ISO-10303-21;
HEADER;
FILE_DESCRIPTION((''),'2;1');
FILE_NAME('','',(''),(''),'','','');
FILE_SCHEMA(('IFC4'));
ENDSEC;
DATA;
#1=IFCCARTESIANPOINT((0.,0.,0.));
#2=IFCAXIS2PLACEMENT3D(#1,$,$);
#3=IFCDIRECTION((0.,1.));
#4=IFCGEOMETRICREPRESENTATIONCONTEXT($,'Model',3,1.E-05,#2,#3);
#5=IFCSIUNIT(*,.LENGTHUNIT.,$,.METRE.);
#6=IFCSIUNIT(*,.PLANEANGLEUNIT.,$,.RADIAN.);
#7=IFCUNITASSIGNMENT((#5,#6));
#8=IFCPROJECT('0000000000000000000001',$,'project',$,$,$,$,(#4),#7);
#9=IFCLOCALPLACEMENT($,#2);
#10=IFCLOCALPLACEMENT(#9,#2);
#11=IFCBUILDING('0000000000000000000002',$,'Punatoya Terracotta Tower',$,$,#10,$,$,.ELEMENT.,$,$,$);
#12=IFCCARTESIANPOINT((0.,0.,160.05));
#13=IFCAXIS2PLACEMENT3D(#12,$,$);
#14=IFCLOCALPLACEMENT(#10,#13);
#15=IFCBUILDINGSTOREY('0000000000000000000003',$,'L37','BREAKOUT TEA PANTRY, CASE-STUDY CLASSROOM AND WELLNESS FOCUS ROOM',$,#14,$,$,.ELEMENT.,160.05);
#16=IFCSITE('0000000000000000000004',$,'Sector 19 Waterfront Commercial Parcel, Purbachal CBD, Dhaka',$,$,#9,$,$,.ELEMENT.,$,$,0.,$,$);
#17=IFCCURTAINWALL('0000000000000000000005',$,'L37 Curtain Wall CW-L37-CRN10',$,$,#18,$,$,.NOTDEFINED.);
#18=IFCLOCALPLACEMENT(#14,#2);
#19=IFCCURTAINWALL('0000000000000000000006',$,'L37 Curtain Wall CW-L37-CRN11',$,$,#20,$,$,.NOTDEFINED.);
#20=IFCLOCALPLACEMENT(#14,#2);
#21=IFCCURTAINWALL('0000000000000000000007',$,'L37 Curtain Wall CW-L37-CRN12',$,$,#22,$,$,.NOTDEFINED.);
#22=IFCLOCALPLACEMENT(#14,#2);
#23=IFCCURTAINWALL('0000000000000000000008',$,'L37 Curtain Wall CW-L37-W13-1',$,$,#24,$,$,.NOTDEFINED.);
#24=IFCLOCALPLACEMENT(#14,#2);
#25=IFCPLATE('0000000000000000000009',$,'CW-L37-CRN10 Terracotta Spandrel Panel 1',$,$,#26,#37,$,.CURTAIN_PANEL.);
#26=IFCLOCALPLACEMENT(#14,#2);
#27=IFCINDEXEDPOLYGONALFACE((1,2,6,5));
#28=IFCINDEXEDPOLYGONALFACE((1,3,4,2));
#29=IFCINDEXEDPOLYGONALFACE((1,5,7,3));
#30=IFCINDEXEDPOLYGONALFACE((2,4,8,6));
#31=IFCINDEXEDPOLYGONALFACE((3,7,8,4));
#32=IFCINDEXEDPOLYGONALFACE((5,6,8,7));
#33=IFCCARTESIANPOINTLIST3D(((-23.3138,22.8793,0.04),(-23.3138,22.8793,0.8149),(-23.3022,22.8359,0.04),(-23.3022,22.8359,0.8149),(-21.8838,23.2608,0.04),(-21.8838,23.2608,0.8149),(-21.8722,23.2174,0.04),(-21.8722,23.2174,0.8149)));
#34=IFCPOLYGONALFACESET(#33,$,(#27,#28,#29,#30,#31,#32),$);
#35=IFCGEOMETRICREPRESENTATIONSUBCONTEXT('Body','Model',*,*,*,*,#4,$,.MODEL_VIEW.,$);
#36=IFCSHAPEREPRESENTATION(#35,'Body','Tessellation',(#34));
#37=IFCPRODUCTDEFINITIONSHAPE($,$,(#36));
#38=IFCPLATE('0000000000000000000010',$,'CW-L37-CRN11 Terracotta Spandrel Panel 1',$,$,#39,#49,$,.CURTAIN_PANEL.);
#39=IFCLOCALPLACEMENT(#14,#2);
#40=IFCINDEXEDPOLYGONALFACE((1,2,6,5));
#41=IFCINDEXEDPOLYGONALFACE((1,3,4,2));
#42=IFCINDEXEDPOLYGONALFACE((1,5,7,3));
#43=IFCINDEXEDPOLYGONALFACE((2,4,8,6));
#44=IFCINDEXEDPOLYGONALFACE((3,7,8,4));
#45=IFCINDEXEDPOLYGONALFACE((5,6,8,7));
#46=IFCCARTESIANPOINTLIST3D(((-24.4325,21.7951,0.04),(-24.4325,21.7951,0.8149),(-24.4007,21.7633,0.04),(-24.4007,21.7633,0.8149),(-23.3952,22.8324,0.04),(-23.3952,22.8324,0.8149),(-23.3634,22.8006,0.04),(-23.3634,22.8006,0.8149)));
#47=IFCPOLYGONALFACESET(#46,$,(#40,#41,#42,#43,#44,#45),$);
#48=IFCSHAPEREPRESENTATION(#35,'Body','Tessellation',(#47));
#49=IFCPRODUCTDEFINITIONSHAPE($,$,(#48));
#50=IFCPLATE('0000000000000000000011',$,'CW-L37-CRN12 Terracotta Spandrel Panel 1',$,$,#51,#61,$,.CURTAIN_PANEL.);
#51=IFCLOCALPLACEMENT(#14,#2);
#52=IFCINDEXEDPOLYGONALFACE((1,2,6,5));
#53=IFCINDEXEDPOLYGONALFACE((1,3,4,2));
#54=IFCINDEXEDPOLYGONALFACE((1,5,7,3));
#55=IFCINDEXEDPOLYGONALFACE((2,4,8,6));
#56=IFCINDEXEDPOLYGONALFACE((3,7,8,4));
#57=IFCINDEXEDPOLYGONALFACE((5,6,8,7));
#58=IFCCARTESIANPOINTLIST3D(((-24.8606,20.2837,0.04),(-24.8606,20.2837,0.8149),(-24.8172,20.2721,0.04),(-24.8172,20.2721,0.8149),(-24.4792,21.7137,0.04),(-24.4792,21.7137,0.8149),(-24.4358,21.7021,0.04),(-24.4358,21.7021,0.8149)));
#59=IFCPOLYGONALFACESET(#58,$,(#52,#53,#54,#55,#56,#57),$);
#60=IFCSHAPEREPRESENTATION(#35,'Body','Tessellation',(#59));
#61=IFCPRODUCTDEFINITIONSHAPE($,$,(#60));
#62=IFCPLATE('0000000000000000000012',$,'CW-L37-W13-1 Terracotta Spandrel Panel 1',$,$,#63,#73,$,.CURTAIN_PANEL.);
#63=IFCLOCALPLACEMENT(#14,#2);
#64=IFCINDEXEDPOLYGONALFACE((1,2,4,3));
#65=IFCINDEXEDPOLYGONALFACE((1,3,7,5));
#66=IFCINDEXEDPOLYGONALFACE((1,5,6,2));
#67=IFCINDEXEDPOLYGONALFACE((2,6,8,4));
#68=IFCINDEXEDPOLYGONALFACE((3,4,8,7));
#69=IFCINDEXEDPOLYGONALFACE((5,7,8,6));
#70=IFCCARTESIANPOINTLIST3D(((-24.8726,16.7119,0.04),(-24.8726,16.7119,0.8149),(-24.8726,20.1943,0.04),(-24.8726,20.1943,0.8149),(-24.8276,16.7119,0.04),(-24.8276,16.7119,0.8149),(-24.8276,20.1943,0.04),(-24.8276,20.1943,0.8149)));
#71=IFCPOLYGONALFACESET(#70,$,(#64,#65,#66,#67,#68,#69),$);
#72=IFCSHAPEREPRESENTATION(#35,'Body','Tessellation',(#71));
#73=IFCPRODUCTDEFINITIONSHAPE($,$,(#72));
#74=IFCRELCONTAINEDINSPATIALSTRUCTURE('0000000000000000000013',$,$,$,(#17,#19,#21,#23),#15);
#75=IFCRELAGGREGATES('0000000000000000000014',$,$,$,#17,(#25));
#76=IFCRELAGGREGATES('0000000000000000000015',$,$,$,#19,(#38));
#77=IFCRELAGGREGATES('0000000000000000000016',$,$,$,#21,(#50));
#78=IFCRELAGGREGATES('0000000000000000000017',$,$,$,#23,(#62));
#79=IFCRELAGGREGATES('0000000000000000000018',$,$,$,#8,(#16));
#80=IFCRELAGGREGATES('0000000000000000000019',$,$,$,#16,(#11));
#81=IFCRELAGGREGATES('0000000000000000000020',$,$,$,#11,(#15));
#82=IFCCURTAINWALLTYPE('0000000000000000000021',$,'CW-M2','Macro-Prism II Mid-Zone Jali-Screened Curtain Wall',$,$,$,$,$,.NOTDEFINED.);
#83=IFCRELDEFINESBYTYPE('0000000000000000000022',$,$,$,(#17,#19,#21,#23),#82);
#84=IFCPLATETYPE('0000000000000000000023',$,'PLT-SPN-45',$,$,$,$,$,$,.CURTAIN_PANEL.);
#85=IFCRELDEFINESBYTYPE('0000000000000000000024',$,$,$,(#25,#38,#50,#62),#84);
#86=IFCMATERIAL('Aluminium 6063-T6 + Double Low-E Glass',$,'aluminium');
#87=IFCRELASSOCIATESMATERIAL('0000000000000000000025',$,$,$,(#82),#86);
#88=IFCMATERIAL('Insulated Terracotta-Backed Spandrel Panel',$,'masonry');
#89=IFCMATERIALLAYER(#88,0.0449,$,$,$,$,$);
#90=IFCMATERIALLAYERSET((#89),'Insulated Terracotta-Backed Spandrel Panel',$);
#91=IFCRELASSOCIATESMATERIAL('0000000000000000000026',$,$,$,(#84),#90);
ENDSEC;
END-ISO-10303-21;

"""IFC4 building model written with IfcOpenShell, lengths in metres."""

from ifc_helpers import new_model, si_unit, direction, frame, origin, origin_2d, place, context, subcontext, project, spatial, rectangle, extrude, material, layer, layer_set, type_object, element, aggregate, save


model = new_model("IFC4")

# Units and contexts
model_context = context("Model", 3, precision=1e-05, world=origin(), true_north=direction((0.0, 1.0)))
body_context = subcontext(model_context, "Body", "Model", "MODEL_VIEW")
ifc_project = project(units=[si_unit("LENGTHUNIT", "METRE"), si_unit("PLANEANGLEUNIT", "RADIAN")], contexts=[model_context])

# Site, building, storey
site_placement = place(None, origin())
site = spatial("IfcSite", under=ifc_project, at=site_placement, Name="Sector 19 Waterfront Commercial Parcel, Purbachal CBD, Dhaka", CompositionType="ELEMENT", RefElevation=0.0)
building_placement = place(site_placement, origin())
building = spatial("IfcBuilding", under=site, at=building_placement, Name="Punatoya Terracotta Tower", CompositionType="ELEMENT")
storey_placement = place(building_placement, frame((0.0, 0.0, 160.05)))
storey = spatial("IfcBuildingStorey", under=building, at=storey_placement, Name="L37", Description="BREAKOUT TEA PANTRY, CASE-STUDY CLASSROOM AND WELLNESS FOCUS ROOM", CompositionType="ELEMENT", Elevation=160.05)

# Curtain walls
ifc_material_1 = material(Name="Aluminium 6063-T6 + Double Low-E Glass", Category="aluminium")
curtain_wall_type = type_object("IfcCurtainWallType", Name="CW-M2", Description="Macro-Prism II Mid-Zone Jali-Screened Curtain Wall", PredefinedType="NOTDEFINED", material=ifc_material_1)
curtain_wall_1_placement = place(storey_placement, origin())
curtain_wall_1 = element("IfcCurtainWall", 1, at=curtain_wall_1_placement, inside=storey, type_object=curtain_wall_type, Name="L37 Curtain Wall CW-L37-CRN10", PredefinedType="NOTDEFINED")
curtain_wall_2_placement = place(storey_placement, origin())
curtain_wall_2 = element("IfcCurtainWall", 2, at=curtain_wall_2_placement, inside=storey, type_object=curtain_wall_type, Name="L37 Curtain Wall CW-L37-CRN11", PredefinedType="NOTDEFINED")
curtain_wall_3_placement = place(storey_placement, origin())
curtain_wall_3 = element("IfcCurtainWall", 3, at=curtain_wall_3_placement, inside=storey, type_object=curtain_wall_type, Name="L37 Curtain Wall CW-L37-CRN12", PredefinedType="NOTDEFINED")

# Curtain wall
curtain_wall_4_placement = place(storey_placement, origin())
curtain_wall_4 = element("IfcCurtainWall", 4, at=curtain_wall_4_placement, inside=storey, type_object=curtain_wall_type, Name="L37 Curtain Wall CW-L37-W13-1", PredefinedType="NOTDEFINED")

# Plates
ifc_material_2 = material(Name="Insulated Terracotta-Backed Spandrel Panel", Category="masonry")
ifc_layer_1 = layer(ifc_material_2, 0.0449)
ifc_layer_set_1 = layer_set([ifc_layer_1], Name="Insulated Terracotta-Backed Spandrel Panel")
plate_type_1 = type_object("IfcPlateType", Name="PLT-SPN-45", PredefinedType="CURTAIN_PANEL", material=ifc_layer_set_1)
plate_1_placement = place(storey_placement, frame((-22.593, 23.0483, 0.04), z_axis=(0.0, 0.0, 1.0), x_axis=(-0.966214, -0.257742, 0.0)))
plate_1 = element("IfcPlate", 5, at=plate_1_placement, type_object=plate_type_1, Name="CW-L37-CRN10 Terracotta Spandrel Panel 1", PredefinedType="CURTAIN_PANEL", context=body_context, shape_type="SweptSolid", body=[
    extrude(rectangle(XDim=1.48, YDim=0.0449, at=origin_2d()), origin(), (0.0, 0.0, 1.0), 0.7749),
])
aggregate(curtain_wall_1, [plate_1])
plate_2_placement = place(storey_placement, frame((-23.8979, 22.2979, 0.04), z_axis=(0.0, 0.0, 1.0), x_axis=(-0.707107, -0.707107, 0.0)))
plate_2 = element("IfcPlate", 6, at=plate_2_placement, type_object=plate_type_1, Name="CW-L37-CRN11 Terracotta Spandrel Panel 1", PredefinedType="CURTAIN_PANEL", context=body_context, shape_type="SweptSolid", body=[
    extrude(rectangle(XDim=1.467, YDim=0.0449, at=origin_2d()), origin(), (0.0, 0.0, 1.0), 0.7749),
])
aggregate(curtain_wall_2, [plate_2])
plate_3_placement = place(storey_placement, frame((-24.6482, 20.9929, 0.04), z_axis=(0.0, 0.0, 1.0), x_axis=(-0.257742, -0.966214, 0.0)))
plate_3 = element("IfcPlate", 7, at=plate_3_placement, type_object=plate_type_1, Name="CW-L37-CRN12 Terracotta Spandrel Panel 1", PredefinedType="CURTAIN_PANEL", context=body_context, shape_type="SweptSolid", body=[
    extrude(rectangle(XDim=1.48, YDim=0.0449, at=origin_2d()), origin(), (0.0, 0.0, 1.0), 0.7749),
])
aggregate(curtain_wall_3, [plate_3])
plate_4_placement = place(storey_placement, frame((-24.8501, 18.4531, 0.04), z_axis=(0.0, 0.0, 1.0), x_axis=(0.0, -1.0, 0.0)))
plate_4 = element("IfcPlate", 8, at=plate_4_placement, type_object=plate_type_1, Name="CW-L37-W13-1 Terracotta Spandrel Panel 1", PredefinedType="CURTAIN_PANEL", context=body_context, shape_type="SweptSolid", body=[
    extrude(rectangle(XDim=3.4824, YDim=0.0449, at=origin_2d()), origin(), (0.0, 0.0, 1.0), 0.7749),
])
aggregate(curtain_wall_4, [plate_4])

save(model, "model.ifc")
